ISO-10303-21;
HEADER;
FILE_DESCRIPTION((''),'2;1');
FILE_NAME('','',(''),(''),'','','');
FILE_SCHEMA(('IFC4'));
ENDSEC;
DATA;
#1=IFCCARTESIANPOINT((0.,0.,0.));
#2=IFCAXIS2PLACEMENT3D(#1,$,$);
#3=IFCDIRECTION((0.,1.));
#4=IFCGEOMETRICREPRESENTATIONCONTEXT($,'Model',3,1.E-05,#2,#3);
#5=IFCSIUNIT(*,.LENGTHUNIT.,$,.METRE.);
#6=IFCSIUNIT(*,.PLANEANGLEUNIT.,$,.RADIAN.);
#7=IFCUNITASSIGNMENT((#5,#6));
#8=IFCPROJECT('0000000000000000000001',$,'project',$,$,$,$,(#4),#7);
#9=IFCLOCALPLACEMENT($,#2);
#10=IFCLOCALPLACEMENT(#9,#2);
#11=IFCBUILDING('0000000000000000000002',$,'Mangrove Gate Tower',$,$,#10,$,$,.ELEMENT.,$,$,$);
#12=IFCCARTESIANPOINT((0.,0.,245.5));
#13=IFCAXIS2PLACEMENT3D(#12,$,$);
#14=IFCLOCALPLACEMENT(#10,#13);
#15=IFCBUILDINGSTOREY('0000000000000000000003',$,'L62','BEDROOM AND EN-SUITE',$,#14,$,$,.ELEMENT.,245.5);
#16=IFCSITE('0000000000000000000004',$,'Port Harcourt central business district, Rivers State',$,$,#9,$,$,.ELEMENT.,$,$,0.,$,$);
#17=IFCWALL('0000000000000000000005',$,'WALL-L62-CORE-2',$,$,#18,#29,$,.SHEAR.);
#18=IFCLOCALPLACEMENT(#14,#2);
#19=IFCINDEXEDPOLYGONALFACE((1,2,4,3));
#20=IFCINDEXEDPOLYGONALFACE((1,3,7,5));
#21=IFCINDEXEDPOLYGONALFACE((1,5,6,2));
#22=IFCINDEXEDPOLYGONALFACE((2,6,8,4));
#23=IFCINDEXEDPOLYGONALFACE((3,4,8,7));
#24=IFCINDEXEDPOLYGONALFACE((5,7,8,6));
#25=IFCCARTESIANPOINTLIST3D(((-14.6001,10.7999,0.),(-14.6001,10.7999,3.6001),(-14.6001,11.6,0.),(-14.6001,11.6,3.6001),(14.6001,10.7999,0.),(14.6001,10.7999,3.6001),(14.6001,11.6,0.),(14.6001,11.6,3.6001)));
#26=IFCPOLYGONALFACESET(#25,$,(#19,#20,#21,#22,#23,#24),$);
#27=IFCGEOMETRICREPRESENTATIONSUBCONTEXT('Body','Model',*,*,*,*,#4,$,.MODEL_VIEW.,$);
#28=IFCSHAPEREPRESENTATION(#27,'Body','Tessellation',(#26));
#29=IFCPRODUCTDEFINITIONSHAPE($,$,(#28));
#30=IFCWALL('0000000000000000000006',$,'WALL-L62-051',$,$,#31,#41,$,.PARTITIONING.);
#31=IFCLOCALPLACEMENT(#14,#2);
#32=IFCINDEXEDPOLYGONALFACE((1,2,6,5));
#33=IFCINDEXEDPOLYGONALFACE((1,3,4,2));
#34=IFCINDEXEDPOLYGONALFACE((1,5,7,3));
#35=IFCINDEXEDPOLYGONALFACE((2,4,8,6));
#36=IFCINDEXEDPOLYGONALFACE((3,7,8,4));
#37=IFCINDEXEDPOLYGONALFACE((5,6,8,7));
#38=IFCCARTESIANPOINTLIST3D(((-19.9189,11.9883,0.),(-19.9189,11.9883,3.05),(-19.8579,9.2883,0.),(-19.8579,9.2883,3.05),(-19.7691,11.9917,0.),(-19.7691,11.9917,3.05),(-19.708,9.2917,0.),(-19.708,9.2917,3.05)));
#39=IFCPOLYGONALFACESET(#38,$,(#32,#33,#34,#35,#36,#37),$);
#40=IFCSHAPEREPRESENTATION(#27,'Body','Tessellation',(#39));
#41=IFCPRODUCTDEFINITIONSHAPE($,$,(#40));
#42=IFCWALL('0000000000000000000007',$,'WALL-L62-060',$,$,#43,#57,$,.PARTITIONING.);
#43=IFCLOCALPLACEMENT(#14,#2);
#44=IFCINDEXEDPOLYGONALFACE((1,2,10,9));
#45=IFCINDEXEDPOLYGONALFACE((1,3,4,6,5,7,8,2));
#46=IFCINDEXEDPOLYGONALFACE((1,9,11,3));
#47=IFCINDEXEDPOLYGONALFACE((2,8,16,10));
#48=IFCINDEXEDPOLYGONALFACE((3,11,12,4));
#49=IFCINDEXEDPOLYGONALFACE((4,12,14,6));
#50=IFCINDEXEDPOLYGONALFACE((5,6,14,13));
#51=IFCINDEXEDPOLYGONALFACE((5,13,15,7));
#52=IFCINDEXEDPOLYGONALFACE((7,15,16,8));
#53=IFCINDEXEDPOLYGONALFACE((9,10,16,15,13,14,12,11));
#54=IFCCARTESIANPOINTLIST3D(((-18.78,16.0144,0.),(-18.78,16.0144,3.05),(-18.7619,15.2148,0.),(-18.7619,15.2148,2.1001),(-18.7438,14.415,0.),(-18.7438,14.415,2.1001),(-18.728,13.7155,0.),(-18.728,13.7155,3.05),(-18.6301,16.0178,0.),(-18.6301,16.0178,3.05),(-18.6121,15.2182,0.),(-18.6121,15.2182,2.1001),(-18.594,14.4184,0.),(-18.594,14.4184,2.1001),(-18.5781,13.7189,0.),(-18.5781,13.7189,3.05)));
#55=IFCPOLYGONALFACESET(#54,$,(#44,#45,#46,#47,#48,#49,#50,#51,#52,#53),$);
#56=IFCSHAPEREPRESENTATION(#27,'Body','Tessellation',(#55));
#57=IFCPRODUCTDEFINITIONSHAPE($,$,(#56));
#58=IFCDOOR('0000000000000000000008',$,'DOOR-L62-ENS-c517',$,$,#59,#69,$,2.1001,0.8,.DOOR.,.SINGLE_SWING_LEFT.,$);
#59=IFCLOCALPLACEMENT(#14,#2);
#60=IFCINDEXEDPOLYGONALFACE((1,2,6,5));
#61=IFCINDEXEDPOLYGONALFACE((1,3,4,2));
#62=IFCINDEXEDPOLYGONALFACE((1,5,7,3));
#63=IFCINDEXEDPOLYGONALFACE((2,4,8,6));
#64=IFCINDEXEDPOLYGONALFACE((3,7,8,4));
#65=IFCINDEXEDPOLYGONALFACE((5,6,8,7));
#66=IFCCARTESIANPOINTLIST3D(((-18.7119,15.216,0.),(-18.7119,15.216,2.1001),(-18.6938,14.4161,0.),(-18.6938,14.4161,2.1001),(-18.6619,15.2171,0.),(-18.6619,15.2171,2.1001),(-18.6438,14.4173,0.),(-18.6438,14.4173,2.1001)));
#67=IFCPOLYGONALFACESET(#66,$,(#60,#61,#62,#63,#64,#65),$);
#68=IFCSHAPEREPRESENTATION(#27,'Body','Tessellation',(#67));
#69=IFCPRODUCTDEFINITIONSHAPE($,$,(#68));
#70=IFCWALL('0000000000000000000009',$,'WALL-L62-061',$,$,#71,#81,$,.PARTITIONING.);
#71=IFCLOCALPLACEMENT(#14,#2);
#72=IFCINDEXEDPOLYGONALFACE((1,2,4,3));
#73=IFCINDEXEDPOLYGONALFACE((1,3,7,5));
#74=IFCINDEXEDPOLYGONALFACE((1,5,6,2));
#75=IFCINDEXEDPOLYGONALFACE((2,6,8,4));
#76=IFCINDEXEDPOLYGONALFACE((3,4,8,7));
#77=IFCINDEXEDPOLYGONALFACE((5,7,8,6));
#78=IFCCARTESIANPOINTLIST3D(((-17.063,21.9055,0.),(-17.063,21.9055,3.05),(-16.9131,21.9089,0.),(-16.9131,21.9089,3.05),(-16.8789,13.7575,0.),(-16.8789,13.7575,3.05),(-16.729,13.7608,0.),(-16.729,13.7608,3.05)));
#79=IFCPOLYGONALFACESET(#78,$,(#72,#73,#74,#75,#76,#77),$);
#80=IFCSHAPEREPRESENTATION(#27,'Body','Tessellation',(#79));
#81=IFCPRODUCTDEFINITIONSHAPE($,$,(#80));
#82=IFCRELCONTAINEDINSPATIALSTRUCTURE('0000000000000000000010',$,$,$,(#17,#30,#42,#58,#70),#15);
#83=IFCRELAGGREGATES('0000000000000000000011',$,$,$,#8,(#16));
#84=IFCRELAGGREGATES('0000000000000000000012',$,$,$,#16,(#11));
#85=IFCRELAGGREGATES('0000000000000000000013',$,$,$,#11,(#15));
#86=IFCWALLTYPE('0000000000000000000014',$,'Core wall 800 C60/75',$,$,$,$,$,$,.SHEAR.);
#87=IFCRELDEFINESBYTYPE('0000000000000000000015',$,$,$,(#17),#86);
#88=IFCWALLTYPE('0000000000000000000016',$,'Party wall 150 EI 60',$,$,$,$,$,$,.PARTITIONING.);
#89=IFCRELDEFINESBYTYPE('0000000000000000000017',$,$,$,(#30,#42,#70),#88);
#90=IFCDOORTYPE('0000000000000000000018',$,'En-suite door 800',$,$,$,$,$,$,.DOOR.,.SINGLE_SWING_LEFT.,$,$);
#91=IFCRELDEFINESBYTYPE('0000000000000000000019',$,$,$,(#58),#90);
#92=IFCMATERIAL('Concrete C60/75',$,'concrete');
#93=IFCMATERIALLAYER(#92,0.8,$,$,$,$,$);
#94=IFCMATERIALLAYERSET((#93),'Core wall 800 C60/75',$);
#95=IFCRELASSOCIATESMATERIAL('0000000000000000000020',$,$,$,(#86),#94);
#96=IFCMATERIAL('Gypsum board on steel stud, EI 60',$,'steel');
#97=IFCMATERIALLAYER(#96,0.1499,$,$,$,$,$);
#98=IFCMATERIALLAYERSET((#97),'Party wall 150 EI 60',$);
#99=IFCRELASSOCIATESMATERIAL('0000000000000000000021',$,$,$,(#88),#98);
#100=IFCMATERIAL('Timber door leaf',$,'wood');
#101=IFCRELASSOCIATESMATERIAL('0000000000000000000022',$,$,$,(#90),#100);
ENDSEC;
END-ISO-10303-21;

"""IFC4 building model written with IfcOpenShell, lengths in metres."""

from ifc_helpers import new_model, si_unit, direction, frame, frame_2d, origin, place, context, subcontext, project, spatial, rectangle, extrude, material, layer, layer_set, type_object, element, fill, save


model = new_model("IFC4")

# Units and contexts
model_context = context("Model", 3, precision=1e-05, world=origin(), true_north=direction((0.0, 1.0)))
body_context = subcontext(model_context, "Body", "Model", "MODEL_VIEW")
ifc_project = project(units=[si_unit("LENGTHUNIT", "METRE"), si_unit("PLANEANGLEUNIT", "RADIAN")], contexts=[model_context])

# Site, building, storey
site_placement = place(None, origin())
site = spatial("IfcSite", under=ifc_project, at=site_placement, Name="Port Harcourt central business district, Rivers State", CompositionType="ELEMENT", RefElevation=0.0)
building_placement = place(site_placement, origin())
building = spatial("IfcBuilding", under=site, at=building_placement, Name="Mangrove Gate Tower", CompositionType="ELEMENT")
storey_placement = place(building_placement, frame((0.0, 0.0, 245.5)))
storey = spatial("IfcBuildingStorey", under=building, at=storey_placement, Name="L62", Description="BEDROOM AND EN-SUITE", CompositionType="ELEMENT", Elevation=245.5)

# Walls
ifc_material_1 = material(Name="Concrete C60/75", Category="concrete")
ifc_layer_1 = layer(ifc_material_1, 0.8)
ifc_layer_set_1 = layer_set([ifc_layer_1], Name="Core wall 800 C60/75")
wall_type_1 = type_object("IfcWallType", Name="Core wall 800 C60/75", PredefinedType="SHEAR", material=ifc_layer_set_1)
wall_1_placement = place(storey_placement, frame((-14.6001, 11.2, 0.0), z_axis=(0.0, 0.0, 1.0), x_axis=(1.0, 0.0, 0.0)))
element("IfcWall", 1, at=wall_1_placement, inside=storey, type_object=wall_type_1, Name="WALL-L62-CORE-2", PredefinedType="SHEAR", context=body_context, shape_type="SweptSolid", body=[
    extrude(rectangle(XDim=29.2002, YDim=0.8, at=frame_2d((14.6001, 0.0))), origin(), (0.0, 0.0, 1.0), 3.6001),
])
ifc_material_2 = material(Name="Gypsum board on steel stud, EI 60", Category="steel")
ifc_layer_2 = layer(ifc_material_2, 0.1499)
ifc_layer_set_2 = layer_set([ifc_layer_2], Name="Party wall 150 EI 60")
wall_type_2 = type_object("IfcWallType", Name="Party wall 150 EI 60", PredefinedType="PARTITIONING", material=ifc_layer_set_2)
wall_2_placement = place(storey_placement, frame((-19.783, 9.29, 0.0), z_axis=(0.0, 0.0, 1.0), x_axis=(-0.0226, 0.999745, 0.0)))
element("IfcWall", 2, at=wall_2_placement, inside=storey, type_object=wall_type_2, Name="WALL-L62-051", PredefinedType="PARTITIONING", context=body_context, shape_type="SweptSolid", body=[
    extrude(rectangle(XDim=2.7007, YDim=0.1499, at=frame_2d((1.3503, 0.0))), origin(), (0.0, 0.0, 1.0), 3.05),
])

# Wall, opening, door
wall_3_placement = place(storey_placement, frame((-18.6531, 13.717, 0.0), z_axis=(0.0, 0.0, 1.0), x_axis=(-0.022613, 0.999744, 0.0)))
wall_3 = element("IfcWall", 3, at=wall_3_placement, inside=storey, type_object=wall_type_2, Name="WALL-L62-060", PredefinedType="PARTITIONING", context=body_context, shape_type="SweptSolid", body=[
    extrude(rectangle(XDim=2.2996, YDim=0.1499, at=frame_2d((1.1499, 0.0))), origin(), (0.0, 0.0, 1.0), 3.05),
])
opening_placement = place(wall_3_placement, frame((0.7, 0.0, 0.0)))
opening = element("IfcOpeningElement", 4, at=opening_placement, cuts=wall_3, PredefinedType="OPENING", context=body_context, shape_type="SweptSolid", body=[
    extrude(rectangle(XDim=0.8, YDim=2.1001, at=frame_2d((0.3999, 1.05))), frame((0.0, 0.085, 0.0), z_axis=(0.0, -1.0, 0.0), x_axis=(1.0, 0.0, 0.0)), (0.0, 0.0, 1.0), 0.1699),
])
ifc_material_3 = material(Name="Timber door leaf", Category="wood")
door_type = type_object("IfcDoorType", Name="En-suite door 800", OperationType="SINGLE_SWING_LEFT", PredefinedType="DOOR", material=ifc_material_3)
door_placement = place(opening_placement, origin())
door = element("IfcDoor", 5, at=door_placement, inside=storey, type_object=door_type, Name="DOOR-L62-ENS-c517", OperationType="SINGLE_SWING_LEFT", OverallHeight=2.1001, OverallWidth=0.8, PredefinedType="DOOR", context=body_context, shape_type="SweptSolid", body=[
    extrude(rectangle(XDim=0.8, YDim=2.1001, at=frame_2d((0.3999, 1.05))), frame((0.0, 0.0249, 0.0), z_axis=(0.0, -1.0, 0.0), x_axis=(1.0, 0.0, 0.0)), (0.0, 0.0, 1.0), 0.05),
])
fill(opening, door)

# Wall
wall_4_placement = place(storey_placement, frame((-16.804, 13.759, 0.0), z_axis=(0.0, 0.0, 1.0), x_axis=(-0.022587, 0.999745, 0.0)))
element("IfcWall", 6, at=wall_4_placement, inside=storey, type_object=wall_type_2, Name="WALL-L62-061", PredefinedType="PARTITIONING", context=body_context, shape_type="SweptSolid", body=[
    extrude(rectangle(XDim=8.1501, YDim=0.1499, at=frame_2d((4.0752, 0.0))), origin(), (0.0, 0.0, 1.0), 3.05),
])

save(model, "model.ifc")
